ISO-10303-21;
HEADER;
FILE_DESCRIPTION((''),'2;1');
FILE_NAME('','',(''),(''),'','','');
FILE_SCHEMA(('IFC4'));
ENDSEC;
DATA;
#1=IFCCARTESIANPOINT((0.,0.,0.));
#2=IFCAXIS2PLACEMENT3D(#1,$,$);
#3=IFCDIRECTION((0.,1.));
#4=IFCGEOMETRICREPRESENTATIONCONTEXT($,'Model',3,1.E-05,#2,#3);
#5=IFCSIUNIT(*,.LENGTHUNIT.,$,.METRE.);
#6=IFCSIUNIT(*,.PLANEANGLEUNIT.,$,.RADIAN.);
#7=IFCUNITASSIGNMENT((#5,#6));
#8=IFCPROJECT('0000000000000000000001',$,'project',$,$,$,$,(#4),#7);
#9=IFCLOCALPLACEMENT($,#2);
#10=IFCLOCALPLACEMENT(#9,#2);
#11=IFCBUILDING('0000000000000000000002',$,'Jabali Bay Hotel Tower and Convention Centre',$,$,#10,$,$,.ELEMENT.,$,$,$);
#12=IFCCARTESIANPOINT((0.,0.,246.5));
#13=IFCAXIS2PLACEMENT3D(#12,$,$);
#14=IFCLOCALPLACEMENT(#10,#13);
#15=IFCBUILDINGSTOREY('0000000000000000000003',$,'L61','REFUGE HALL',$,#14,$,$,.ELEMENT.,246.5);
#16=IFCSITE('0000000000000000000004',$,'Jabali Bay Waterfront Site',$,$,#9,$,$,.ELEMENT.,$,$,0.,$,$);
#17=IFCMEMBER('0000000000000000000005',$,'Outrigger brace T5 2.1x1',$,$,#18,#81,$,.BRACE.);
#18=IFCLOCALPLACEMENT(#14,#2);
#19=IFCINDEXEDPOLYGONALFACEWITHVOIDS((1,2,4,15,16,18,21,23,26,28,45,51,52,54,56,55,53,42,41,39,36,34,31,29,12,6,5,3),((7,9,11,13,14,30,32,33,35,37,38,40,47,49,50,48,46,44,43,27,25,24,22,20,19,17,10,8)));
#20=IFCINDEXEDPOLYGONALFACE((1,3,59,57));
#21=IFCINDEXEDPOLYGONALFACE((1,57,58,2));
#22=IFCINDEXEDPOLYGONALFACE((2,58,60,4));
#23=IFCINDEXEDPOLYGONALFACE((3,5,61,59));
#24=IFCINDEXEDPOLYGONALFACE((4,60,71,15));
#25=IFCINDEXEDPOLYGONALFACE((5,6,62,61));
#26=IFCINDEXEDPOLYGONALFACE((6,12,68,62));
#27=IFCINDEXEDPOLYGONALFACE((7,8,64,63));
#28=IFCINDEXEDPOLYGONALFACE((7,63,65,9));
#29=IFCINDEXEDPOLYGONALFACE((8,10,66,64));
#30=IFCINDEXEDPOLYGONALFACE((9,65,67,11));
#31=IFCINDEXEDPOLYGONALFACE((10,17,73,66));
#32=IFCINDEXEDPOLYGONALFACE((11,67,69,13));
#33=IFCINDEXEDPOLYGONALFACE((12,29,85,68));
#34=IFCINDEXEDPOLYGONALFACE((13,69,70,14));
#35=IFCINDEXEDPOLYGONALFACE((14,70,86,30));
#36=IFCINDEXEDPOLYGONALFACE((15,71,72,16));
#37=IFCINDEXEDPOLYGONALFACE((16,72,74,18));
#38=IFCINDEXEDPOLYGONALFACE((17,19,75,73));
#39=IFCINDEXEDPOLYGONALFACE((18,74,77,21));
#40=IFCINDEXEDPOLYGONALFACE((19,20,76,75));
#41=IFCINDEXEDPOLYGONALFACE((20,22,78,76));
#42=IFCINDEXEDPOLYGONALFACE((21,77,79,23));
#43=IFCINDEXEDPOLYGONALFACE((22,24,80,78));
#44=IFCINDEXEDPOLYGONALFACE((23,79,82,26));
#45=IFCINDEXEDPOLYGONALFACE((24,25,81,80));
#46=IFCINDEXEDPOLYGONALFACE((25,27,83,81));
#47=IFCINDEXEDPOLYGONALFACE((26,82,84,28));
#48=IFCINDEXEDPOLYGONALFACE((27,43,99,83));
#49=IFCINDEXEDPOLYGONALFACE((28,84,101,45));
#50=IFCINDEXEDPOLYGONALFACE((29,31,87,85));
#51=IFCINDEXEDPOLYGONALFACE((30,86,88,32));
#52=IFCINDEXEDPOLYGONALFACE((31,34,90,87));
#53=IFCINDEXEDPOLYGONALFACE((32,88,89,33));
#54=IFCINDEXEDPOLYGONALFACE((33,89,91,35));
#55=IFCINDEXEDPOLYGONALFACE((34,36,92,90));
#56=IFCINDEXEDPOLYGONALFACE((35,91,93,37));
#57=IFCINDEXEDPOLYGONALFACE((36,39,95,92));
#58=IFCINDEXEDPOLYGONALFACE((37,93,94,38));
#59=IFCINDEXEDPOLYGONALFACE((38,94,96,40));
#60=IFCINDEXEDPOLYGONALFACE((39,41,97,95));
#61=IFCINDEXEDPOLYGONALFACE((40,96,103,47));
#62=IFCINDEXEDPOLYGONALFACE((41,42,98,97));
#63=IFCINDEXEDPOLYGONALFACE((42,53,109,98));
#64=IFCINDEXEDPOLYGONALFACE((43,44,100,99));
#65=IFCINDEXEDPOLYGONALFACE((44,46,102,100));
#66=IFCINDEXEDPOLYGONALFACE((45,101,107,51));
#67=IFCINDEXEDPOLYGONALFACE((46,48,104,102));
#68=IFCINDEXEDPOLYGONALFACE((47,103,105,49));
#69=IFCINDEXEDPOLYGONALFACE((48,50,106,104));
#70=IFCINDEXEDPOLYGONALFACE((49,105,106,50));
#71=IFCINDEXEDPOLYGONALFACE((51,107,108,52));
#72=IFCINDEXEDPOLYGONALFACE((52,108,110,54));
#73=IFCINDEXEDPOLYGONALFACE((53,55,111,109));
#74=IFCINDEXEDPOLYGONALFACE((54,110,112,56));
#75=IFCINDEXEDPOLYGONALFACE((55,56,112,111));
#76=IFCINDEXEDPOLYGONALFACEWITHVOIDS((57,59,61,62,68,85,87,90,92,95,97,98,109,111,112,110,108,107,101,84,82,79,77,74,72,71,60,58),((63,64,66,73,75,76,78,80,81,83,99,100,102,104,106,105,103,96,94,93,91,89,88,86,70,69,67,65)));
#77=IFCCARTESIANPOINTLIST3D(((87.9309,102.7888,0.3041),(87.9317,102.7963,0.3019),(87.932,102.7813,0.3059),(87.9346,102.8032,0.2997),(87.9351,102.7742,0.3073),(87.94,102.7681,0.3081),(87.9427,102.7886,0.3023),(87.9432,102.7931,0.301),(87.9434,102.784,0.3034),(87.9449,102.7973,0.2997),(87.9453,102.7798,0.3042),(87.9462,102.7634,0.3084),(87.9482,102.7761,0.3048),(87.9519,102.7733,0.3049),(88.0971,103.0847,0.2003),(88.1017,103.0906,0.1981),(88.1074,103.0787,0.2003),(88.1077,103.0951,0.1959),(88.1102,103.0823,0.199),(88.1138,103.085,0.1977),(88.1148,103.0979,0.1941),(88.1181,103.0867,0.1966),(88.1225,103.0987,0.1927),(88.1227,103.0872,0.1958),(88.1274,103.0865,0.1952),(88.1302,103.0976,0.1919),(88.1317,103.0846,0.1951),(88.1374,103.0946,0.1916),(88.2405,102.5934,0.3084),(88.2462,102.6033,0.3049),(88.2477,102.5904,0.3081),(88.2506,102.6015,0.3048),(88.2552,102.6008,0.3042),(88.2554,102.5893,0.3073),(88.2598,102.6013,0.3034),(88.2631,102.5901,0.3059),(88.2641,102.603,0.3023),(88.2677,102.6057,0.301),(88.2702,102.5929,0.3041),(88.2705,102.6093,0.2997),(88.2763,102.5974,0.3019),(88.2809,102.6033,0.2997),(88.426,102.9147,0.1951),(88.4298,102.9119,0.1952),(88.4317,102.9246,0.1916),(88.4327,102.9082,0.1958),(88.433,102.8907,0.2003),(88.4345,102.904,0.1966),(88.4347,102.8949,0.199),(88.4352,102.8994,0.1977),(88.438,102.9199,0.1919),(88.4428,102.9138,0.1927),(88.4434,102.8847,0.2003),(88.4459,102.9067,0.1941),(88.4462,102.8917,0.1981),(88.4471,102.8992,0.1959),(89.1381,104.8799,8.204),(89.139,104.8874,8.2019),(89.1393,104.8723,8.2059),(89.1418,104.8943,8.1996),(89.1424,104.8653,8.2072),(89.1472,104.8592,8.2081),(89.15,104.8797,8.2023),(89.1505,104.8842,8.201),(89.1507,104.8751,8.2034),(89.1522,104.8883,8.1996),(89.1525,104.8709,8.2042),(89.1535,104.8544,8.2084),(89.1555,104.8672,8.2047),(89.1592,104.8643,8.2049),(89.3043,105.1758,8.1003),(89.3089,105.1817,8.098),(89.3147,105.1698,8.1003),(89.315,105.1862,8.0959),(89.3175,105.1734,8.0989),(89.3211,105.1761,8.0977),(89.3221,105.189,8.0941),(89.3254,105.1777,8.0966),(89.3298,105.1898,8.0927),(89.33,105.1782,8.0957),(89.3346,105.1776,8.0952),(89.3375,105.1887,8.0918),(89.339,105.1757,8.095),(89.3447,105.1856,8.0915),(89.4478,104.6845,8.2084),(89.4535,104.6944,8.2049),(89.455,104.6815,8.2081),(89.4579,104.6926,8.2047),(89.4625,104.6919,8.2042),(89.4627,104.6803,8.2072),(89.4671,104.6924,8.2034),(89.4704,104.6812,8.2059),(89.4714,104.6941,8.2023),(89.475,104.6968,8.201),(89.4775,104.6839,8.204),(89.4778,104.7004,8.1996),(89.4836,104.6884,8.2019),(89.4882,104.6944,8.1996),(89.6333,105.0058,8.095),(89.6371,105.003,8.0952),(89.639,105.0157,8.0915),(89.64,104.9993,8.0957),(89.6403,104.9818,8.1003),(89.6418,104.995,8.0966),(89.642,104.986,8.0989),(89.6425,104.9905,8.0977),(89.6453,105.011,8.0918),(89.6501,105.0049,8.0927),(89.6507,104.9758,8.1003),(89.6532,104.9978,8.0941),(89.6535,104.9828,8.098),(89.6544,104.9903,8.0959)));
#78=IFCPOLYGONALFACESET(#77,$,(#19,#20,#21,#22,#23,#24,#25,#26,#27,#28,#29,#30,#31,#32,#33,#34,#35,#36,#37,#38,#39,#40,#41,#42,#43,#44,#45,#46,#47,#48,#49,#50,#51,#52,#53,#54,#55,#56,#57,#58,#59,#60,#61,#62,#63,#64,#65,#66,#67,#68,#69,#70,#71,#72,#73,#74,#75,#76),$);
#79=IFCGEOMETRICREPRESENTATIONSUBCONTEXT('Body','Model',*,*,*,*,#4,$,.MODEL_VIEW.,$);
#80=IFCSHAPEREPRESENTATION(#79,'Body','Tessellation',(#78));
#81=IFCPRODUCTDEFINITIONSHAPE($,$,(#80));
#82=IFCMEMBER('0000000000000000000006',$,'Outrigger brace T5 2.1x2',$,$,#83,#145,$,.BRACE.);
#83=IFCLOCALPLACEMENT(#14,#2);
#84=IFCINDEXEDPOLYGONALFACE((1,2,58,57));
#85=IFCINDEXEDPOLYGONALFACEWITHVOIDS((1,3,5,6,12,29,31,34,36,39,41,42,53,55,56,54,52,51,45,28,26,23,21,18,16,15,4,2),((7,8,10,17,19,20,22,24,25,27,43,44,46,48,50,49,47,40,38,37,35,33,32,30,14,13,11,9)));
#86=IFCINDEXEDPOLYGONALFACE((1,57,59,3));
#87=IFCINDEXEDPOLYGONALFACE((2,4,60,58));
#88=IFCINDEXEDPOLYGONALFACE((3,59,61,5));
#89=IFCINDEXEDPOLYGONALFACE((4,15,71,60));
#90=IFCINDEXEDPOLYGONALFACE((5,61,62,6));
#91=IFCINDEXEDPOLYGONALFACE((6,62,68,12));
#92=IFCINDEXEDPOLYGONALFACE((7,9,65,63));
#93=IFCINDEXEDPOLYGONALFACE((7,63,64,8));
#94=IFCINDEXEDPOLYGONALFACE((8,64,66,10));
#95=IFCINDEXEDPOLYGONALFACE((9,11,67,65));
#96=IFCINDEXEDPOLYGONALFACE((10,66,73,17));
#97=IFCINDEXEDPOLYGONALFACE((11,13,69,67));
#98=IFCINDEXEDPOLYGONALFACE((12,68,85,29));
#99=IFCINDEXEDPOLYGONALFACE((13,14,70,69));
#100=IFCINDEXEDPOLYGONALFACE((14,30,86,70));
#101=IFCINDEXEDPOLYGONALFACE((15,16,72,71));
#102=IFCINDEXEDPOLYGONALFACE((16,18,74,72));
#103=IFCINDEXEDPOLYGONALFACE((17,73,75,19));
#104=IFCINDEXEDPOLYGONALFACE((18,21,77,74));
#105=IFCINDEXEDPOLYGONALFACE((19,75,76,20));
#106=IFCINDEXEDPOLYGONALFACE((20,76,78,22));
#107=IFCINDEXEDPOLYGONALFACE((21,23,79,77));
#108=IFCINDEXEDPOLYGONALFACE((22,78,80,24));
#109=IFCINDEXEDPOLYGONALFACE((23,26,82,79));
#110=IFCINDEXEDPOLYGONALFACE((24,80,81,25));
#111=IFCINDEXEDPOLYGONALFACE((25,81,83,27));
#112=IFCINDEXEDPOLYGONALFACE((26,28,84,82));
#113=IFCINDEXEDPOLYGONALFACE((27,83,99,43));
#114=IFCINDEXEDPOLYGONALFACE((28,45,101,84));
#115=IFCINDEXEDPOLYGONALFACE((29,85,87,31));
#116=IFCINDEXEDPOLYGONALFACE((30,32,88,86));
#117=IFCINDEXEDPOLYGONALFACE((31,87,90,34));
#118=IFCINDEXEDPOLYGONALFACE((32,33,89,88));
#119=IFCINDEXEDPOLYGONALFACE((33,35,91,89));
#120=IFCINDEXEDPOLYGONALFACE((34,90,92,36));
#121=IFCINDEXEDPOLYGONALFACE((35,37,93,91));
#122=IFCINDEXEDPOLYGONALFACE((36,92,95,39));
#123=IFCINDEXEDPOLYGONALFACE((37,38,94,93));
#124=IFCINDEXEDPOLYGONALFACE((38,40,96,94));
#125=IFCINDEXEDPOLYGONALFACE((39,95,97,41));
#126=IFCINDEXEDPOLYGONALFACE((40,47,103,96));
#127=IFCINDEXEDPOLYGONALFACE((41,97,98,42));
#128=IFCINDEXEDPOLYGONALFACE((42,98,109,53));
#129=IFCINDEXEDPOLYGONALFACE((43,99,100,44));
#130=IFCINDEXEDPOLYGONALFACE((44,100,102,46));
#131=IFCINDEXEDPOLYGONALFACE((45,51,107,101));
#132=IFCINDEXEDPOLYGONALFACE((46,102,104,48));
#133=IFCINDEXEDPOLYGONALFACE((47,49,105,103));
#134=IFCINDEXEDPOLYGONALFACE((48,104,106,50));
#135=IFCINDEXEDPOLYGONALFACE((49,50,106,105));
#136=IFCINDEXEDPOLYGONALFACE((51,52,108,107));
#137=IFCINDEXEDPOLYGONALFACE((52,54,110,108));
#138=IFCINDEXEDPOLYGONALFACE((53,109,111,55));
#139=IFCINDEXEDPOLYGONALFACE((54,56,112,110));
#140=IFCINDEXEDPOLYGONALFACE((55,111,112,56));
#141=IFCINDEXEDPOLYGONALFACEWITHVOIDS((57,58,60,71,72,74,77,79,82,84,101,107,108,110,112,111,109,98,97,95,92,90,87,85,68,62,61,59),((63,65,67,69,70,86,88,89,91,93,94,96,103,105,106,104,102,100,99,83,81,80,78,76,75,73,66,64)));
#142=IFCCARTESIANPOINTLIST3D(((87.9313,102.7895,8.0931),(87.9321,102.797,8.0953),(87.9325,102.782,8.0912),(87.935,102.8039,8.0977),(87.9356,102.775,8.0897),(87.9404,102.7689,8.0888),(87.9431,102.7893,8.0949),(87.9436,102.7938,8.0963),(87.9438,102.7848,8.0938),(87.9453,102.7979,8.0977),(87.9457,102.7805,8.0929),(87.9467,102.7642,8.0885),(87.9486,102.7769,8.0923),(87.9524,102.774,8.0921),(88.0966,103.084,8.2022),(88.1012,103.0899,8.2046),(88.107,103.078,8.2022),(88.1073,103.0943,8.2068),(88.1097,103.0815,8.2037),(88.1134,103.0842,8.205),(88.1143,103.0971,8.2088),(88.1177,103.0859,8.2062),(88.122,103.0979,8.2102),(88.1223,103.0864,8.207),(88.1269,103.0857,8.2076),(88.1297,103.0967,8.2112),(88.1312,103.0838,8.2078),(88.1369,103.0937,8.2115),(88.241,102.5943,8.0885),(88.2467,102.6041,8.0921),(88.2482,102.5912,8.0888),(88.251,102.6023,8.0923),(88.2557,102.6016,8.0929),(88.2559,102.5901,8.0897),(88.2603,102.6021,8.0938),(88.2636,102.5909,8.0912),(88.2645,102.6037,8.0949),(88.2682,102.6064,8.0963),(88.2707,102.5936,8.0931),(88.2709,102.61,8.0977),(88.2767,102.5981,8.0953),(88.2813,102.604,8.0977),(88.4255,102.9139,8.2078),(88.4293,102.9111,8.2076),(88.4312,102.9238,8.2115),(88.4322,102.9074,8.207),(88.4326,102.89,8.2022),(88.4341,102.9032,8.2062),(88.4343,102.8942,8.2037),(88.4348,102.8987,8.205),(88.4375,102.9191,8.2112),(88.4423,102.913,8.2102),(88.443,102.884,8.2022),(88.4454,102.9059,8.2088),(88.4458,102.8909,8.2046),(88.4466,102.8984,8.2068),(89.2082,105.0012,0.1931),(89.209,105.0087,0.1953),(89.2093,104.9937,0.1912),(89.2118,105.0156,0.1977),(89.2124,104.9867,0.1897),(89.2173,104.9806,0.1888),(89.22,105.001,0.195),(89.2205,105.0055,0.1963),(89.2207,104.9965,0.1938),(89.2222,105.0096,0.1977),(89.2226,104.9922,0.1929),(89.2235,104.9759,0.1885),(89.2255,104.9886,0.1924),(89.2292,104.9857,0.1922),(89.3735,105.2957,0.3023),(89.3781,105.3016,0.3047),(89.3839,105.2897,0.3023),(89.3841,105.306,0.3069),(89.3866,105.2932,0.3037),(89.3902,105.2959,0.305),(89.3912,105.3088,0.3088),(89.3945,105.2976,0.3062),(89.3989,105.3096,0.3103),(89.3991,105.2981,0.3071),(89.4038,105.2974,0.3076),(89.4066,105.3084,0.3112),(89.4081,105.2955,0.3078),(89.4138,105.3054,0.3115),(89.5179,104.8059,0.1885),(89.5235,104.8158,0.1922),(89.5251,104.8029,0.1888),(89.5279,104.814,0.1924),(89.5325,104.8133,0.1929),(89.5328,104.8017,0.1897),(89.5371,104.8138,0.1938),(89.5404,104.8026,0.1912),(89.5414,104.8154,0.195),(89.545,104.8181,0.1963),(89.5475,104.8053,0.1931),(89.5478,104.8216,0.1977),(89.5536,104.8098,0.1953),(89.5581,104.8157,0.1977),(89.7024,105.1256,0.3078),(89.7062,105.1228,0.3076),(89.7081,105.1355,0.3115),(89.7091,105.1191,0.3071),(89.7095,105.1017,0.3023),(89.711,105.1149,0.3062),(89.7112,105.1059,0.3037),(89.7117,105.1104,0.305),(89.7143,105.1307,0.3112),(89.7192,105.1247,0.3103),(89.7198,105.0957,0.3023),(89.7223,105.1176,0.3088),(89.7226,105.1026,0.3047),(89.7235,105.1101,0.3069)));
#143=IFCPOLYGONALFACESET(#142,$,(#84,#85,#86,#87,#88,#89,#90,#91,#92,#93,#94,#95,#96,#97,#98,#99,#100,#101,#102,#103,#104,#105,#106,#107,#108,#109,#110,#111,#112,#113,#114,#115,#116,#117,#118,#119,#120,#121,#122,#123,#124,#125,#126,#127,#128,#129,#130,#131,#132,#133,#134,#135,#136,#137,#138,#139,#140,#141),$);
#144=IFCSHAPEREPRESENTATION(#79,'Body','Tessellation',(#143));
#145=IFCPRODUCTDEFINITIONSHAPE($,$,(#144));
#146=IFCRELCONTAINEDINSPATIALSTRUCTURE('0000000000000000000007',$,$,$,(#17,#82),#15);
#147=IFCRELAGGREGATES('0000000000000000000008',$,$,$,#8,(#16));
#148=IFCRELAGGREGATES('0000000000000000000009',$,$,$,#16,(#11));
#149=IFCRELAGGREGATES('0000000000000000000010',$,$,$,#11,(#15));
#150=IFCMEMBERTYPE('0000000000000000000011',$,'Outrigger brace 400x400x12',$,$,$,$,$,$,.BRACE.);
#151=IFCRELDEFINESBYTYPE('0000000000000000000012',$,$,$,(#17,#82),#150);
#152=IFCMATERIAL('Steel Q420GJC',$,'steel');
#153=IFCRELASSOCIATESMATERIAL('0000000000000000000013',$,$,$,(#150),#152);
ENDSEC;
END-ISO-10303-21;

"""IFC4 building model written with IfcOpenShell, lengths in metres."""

from ifc_helpers import new_model, si_unit, direction, frame, origin, origin_2d, place, context, subcontext, project, spatial, hollow_rectangle, extrude, material, material_profile, profile_set, type_object, element, save


model = new_model("IFC4")

# Units and contexts
model_context = context("Model", 3, precision=1e-05, world=origin(), true_north=direction((0.0, 1.0)))
body_context = subcontext(model_context, "Body", "Model", "MODEL_VIEW")
ifc_project = project(units=[si_unit("LENGTHUNIT", "METRE"), si_unit("PLANEANGLEUNIT", "RADIAN")], contexts=[model_context])

# Site, building, storey
site_placement = place(None, origin())
site = spatial("IfcSite", under=ifc_project, at=site_placement, Name="Jabali Bay Waterfront Site", CompositionType="ELEMENT", RefElevation=0.0)
building_placement = place(site_placement, origin())
building = spatial("IfcBuilding", under=site, at=building_placement, Name="Jabali Bay Hotel Tower and Convention Centre", CompositionType="ELEMENT")
storey_placement = place(building_placement, frame((0.0, 0.0, 246.5)))
storey = spatial("IfcBuildingStorey", under=building, at=storey_placement, Name="L61", Description="REFUGE HALL", CompositionType="ELEMENT", Elevation=246.5)

# Members
ifc_material_1 = material(Name="Steel Q420GJC", Category="steel")
ifc_material_profile_1 = material_profile(ifc_material_1, hollow_rectangle(XDim=0.3999, YDim=0.3999, WallThickness=0.012, InnerFilletRadius=0.0181, OuterFilletRadius=0.03, at=origin_2d()), Name="Outrigger brace 400x400x12")
ifc_profile_set_1 = profile_set([ifc_material_profile_1], Name="Steel Q420GJC")
member_type_1 = type_object("IfcMemberType", Name="Outrigger brace 400x400x12", PredefinedType="BRACE", material=ifc_profile_set_1)
member_1_placement = place(storey_placement, frame((88.189, 102.844, 0.25), z_axis=(0.146148, 0.253135, 0.956328), x_axis=(-0.866026, 0.5, 0.0)))
element("IfcMember", 1, at=member_1_placement, inside=storey, type_object=member_type_1, Name="Outrigger brace T5 2.1x1", PredefinedType="BRACE", context=body_context, shape_type="SweptSolid", body=[
    extrude(hollow_rectangle(XDim=0.3999, YDim=0.3999, WallThickness=0.012, InnerFilletRadius=0.0181, OuterFilletRadius=0.03, at=origin_2d()), origin(), (0.0, 0.0, 1.0), 8.2607),
])
member_2_placement = place(storey_placement, frame((89.4658, 105.0557, 0.25), z_axis=(-0.153793, -0.266388, 0.951517), x_axis=(0.866034, -0.499985, 0.0)))
element("IfcMember", 2, at=member_2_placement, inside=storey, type_object=member_type_1, Name="Outrigger brace T5 2.1x2", PredefinedType="BRACE", context=body_context, shape_type="SweptSolid", body=[
    extrude(hollow_rectangle(XDim=0.3999, YDim=0.3999, WallThickness=0.012, InnerFilletRadius=0.0181, OuterFilletRadius=0.03, at=origin_2d()), origin(), (0.0, 0.0, 1.0), 8.3025),
])

save(model, "model.ifc")
